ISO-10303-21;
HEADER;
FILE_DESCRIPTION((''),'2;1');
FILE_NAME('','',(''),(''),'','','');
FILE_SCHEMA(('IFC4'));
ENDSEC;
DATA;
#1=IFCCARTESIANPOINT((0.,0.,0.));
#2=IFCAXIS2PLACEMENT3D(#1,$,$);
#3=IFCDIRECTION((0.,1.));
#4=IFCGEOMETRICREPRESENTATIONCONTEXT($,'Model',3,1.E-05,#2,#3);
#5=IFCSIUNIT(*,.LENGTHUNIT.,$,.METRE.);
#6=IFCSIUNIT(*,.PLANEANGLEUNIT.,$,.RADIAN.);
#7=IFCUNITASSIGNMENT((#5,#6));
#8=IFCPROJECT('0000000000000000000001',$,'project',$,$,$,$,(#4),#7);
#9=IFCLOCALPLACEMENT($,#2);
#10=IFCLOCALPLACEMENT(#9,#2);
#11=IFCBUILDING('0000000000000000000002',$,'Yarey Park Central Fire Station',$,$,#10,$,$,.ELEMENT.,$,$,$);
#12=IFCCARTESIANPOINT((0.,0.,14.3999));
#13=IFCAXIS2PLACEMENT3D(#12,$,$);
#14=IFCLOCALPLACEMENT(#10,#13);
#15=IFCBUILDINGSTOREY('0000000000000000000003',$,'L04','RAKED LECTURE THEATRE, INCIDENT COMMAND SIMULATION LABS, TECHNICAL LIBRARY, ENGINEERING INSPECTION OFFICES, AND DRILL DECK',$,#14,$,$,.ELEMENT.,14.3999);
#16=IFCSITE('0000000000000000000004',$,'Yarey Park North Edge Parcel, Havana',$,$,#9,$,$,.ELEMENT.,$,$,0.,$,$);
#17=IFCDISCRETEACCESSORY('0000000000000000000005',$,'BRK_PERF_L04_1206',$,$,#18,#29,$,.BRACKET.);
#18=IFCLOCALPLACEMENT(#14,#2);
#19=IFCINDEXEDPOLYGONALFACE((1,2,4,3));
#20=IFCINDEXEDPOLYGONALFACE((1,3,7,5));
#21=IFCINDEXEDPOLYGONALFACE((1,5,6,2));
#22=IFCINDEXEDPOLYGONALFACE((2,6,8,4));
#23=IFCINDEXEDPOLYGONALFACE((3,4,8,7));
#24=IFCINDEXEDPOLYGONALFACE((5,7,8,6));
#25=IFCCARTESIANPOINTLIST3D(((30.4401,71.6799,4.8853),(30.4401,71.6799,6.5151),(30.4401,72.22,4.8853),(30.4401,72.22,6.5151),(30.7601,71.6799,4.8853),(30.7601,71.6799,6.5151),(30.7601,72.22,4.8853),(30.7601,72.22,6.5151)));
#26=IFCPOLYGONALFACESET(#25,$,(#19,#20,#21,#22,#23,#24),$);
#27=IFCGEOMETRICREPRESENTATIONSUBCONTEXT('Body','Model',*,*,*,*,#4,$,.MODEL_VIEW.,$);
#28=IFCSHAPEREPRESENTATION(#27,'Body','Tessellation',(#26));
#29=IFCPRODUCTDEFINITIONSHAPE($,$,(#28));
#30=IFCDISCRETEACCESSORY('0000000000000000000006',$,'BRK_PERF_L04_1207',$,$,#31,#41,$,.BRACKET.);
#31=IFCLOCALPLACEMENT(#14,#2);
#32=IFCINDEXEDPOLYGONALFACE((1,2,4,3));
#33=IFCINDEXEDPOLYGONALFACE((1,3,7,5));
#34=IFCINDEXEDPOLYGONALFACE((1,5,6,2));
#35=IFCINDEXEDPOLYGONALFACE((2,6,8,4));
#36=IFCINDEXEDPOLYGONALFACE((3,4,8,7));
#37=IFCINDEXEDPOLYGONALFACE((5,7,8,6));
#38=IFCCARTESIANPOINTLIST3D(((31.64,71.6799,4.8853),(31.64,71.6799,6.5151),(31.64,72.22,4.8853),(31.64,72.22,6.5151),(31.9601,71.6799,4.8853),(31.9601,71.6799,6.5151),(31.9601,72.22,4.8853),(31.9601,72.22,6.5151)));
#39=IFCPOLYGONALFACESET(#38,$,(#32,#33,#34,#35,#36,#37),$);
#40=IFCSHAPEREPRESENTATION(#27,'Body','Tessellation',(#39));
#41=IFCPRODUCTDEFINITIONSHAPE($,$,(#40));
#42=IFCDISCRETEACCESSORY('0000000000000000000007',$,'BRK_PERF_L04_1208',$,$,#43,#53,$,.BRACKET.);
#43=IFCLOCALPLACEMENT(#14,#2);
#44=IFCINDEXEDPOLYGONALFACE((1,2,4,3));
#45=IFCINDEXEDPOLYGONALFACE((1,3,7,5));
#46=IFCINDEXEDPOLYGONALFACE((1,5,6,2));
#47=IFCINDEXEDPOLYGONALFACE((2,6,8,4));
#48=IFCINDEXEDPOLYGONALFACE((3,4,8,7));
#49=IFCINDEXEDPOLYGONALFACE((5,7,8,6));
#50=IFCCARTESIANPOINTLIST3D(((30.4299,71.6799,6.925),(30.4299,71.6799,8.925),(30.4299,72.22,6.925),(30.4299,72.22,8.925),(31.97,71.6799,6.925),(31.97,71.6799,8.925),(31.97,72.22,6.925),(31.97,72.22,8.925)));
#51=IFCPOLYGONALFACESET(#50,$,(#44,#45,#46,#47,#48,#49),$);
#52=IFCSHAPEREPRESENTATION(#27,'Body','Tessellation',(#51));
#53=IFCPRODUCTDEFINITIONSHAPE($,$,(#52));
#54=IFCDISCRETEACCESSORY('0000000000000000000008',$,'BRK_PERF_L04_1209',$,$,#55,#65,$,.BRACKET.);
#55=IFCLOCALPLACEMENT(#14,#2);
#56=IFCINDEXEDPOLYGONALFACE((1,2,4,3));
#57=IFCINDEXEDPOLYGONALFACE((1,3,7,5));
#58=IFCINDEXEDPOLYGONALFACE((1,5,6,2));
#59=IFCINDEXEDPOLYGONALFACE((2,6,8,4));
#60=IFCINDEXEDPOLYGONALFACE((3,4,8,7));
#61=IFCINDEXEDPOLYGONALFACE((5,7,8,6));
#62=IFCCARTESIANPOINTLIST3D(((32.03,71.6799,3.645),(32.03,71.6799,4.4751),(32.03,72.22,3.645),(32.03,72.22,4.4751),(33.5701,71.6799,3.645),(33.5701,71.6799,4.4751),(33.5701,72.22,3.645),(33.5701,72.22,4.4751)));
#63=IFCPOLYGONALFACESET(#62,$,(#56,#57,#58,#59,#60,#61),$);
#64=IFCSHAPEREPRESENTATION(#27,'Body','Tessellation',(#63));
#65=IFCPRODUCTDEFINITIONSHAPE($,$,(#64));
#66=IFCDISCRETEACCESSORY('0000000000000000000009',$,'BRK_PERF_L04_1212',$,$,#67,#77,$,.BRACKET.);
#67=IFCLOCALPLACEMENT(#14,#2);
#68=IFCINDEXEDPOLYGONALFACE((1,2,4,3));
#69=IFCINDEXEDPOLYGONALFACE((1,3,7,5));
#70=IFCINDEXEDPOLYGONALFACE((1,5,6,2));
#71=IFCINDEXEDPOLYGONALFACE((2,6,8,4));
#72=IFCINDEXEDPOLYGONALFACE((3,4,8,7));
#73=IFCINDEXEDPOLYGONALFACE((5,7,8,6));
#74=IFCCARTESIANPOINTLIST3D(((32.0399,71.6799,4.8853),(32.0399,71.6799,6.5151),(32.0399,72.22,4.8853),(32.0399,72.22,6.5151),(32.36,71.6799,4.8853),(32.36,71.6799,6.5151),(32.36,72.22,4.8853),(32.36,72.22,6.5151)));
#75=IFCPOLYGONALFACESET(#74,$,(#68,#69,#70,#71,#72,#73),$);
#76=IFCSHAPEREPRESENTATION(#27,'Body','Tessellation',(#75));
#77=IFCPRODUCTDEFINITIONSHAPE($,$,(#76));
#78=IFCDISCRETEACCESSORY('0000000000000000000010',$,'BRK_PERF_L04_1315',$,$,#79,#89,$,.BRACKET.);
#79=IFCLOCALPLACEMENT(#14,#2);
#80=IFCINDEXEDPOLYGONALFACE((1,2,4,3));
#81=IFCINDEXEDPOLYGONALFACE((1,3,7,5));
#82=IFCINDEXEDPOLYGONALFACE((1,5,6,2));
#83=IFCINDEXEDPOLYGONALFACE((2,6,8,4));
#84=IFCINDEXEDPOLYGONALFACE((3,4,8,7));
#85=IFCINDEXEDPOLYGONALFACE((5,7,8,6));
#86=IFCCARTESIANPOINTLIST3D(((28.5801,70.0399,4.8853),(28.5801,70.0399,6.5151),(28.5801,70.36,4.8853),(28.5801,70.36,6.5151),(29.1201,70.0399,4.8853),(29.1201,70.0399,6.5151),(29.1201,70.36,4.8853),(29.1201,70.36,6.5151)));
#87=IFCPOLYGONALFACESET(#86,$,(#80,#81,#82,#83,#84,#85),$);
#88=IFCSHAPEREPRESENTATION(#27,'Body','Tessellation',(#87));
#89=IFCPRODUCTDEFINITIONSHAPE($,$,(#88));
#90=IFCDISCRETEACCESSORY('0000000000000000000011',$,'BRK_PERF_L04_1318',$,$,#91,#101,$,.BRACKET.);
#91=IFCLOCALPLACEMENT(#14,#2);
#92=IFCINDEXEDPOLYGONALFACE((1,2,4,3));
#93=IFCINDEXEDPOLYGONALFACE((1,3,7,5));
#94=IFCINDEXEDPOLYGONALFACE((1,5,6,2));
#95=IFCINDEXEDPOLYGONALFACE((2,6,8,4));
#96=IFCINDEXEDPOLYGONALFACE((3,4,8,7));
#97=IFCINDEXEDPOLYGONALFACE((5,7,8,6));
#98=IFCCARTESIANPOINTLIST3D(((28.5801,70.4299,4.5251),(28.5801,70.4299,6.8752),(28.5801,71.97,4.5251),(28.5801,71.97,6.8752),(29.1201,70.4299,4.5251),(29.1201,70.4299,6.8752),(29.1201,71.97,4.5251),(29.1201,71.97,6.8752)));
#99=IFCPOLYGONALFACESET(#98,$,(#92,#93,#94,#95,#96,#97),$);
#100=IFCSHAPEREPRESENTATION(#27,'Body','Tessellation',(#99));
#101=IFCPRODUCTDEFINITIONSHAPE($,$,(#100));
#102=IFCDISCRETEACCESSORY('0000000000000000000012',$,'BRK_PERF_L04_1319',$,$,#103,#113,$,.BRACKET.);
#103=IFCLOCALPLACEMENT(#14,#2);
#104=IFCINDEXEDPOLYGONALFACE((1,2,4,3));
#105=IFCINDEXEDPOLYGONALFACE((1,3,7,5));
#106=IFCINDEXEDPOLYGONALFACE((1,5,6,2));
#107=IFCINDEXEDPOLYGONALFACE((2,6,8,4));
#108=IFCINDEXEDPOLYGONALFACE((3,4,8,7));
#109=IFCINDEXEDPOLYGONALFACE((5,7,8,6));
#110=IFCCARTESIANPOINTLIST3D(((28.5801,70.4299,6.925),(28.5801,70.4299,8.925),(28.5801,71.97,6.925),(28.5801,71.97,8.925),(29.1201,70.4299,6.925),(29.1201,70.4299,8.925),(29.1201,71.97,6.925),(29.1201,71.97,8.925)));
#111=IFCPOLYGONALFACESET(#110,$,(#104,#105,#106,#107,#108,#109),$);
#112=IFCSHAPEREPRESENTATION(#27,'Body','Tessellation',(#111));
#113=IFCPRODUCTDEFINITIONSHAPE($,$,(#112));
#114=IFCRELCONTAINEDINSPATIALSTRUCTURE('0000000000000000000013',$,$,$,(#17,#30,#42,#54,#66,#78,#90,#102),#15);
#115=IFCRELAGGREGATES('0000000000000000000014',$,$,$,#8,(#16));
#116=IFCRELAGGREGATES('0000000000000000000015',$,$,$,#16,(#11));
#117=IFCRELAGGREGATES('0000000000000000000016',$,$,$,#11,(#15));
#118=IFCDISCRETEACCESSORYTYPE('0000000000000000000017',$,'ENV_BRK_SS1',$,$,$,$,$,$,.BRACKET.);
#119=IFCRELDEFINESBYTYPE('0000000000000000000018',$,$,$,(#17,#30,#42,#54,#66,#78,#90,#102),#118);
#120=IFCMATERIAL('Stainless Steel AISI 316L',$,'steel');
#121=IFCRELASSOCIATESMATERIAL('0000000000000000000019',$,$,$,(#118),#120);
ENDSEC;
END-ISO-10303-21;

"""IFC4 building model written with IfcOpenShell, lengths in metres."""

from ifc_helpers import new_model, si_unit, direction, frame, origin, origin_2d, place, context, subcontext, project, spatial, rectangle, extrude, material, type_object, element, save


model = new_model("IFC4")

# Units and contexts
model_context = context("Model", 3, precision=1e-05, world=origin(), true_north=direction((0.0, 1.0)))
body_context = subcontext(model_context, "Body", "Model", "MODEL_VIEW")
ifc_project = project(units=[si_unit("LENGTHUNIT", "METRE"), si_unit("PLANEANGLEUNIT", "RADIAN")], contexts=[model_context])

# Site, building, storey
site_placement = place(None, origin())
site = spatial("IfcSite", under=ifc_project, at=site_placement, Name="Yarey Park North Edge Parcel, Havana", CompositionType="ELEMENT", RefElevation=0.0)
building_placement = place(site_placement, origin())
building = spatial("IfcBuilding", under=site, at=building_placement, Name="Yarey Park Central Fire Station", CompositionType="ELEMENT")
storey_placement = place(building_placement, frame((0.0, 0.0, 14.3999)))
storey = spatial("IfcBuildingStorey", under=building, at=storey_placement, Name="L04", Description="RAKED LECTURE THEATRE, INCIDENT COMMAND SIMULATION LABS, TECHNICAL LIBRARY, ENGINEERING INSPECTION OFFICES, AND DRILL DECK", CompositionType="ELEMENT", Elevation=14.3999)

# Discrete accessories
ifc_material_1 = material(Name="Stainless Steel AISI 316L", Category="steel")
discrete_accessory_type = type_object("IfcDiscreteAccessoryType", Name="ENV_BRK_SS1", PredefinedType="BRACKET", material=ifc_material_1)
for number, where, z_axis, x_axis, name in (
    (1, (30.6001, 71.95, 4.8853), (0.0, 0.0, 1.0), (1.0, 0.0, 0.0), "BRK_PERF_L04_1206"),
    (2, (31.8, 71.95, 4.8853), (0.0, 0.0, 1.0), (1.0, 0.0, 0.0), "BRK_PERF_L04_1207"),
):
    element("IfcDiscreteAccessory", number, at=place(storey_placement, frame(where, z_axis=z_axis, x_axis=x_axis)), inside=storey, type_object=discrete_accessory_type, Name=name, PredefinedType="BRACKET", context=body_context, shape_type="SweptSolid", body=[
        extrude(rectangle(XDim=0.3201, YDim=0.54, at=origin_2d()), origin(), (0.0, 0.0, 1.0), 1.6299),
    ])
discrete_accessory_1_placement = place(storey_placement, frame((31.2, 71.95, 6.925), z_axis=(0.0, 0.0, 1.0), x_axis=(1.0, 0.0, 0.0)))
element("IfcDiscreteAccessory", 3, at=discrete_accessory_1_placement, inside=storey, type_object=discrete_accessory_type, Name="BRK_PERF_L04_1208", PredefinedType="BRACKET", context=body_context, shape_type="SweptSolid", body=[
    extrude(rectangle(XDim=1.54, YDim=0.54, at=origin_2d()), origin(), (0.0, 0.0, 1.0), 2.0),
])
discrete_accessory_2_placement = place(storey_placement, frame((32.8, 71.95, 3.645), z_axis=(0.0, 0.0, 1.0), x_axis=(1.0, 0.0, 0.0)))
element("IfcDiscreteAccessory", 4, at=discrete_accessory_2_placement, inside=storey, type_object=discrete_accessory_type, Name="BRK_PERF_L04_1209", PredefinedType="BRACKET", context=body_context, shape_type="SweptSolid", body=[
    extrude(rectangle(XDim=1.54, YDim=0.54, at=origin_2d()), origin(), (0.0, 0.0, 1.0), 0.8301),
])
discrete_accessory_3_placement = place(storey_placement, frame((32.2, 71.95, 4.8853), z_axis=(0.0, 0.0, 1.0), x_axis=(1.0, 0.0, 0.0)))
element("IfcDiscreteAccessory", 5, at=discrete_accessory_3_placement, inside=storey, type_object=discrete_accessory_type, Name="BRK_PERF_L04_1212", PredefinedType="BRACKET", context=body_context, shape_type="SweptSolid", body=[
    extrude(rectangle(XDim=0.3201, YDim=0.54, at=origin_2d()), origin(), (0.0, 0.0, 1.0), 1.6299),
])
discrete_accessory_4_placement = place(storey_placement, frame((28.8501, 70.2, 4.8853), z_axis=(0.0, 0.0, 1.0), x_axis=(1.0, 0.0, 0.0)))
element("IfcDiscreteAccessory", 6, at=discrete_accessory_4_placement, inside=storey, type_object=discrete_accessory_type, Name="BRK_PERF_L04_1315", PredefinedType="BRACKET", context=body_context, shape_type="SweptSolid", body=[
    extrude(rectangle(XDim=0.54, YDim=0.3201, at=origin_2d()), origin(), (0.0, 0.0, 1.0), 1.6299),
])
discrete_accessory_5_placement = place(storey_placement, frame((28.8501, 71.2, 4.5251), z_axis=(0.0, 0.0, 1.0), x_axis=(1.0, 0.0, 0.0)))
element("IfcDiscreteAccessory", 7, at=discrete_accessory_5_placement, inside=storey, type_object=discrete_accessory_type, Name="BRK_PERF_L04_1318", PredefinedType="BRACKET", context=body_context, shape_type="SweptSolid", body=[
    extrude(rectangle(XDim=0.54, YDim=1.54, at=origin_2d()), origin(), (0.0, 0.0, 1.0), 2.3501),
])
discrete_accessory_6_placement = place(storey_placement, frame((28.8501, 71.2, 6.925), z_axis=(0.0, 0.0, 1.0), x_axis=(1.0, 0.0, 0.0)))
element("IfcDiscreteAccessory", 8, at=discrete_accessory_6_placement, inside=storey, type_object=discrete_accessory_type, Name="BRK_PERF_L04_1319", PredefinedType="BRACKET", context=body_context, shape_type="SweptSolid", body=[
    extrude(rectangle(XDim=0.54, YDim=1.54, at=origin_2d()), origin(), (0.0, 0.0, 1.0), 2.0),
])

save(model, "model.ifc")
